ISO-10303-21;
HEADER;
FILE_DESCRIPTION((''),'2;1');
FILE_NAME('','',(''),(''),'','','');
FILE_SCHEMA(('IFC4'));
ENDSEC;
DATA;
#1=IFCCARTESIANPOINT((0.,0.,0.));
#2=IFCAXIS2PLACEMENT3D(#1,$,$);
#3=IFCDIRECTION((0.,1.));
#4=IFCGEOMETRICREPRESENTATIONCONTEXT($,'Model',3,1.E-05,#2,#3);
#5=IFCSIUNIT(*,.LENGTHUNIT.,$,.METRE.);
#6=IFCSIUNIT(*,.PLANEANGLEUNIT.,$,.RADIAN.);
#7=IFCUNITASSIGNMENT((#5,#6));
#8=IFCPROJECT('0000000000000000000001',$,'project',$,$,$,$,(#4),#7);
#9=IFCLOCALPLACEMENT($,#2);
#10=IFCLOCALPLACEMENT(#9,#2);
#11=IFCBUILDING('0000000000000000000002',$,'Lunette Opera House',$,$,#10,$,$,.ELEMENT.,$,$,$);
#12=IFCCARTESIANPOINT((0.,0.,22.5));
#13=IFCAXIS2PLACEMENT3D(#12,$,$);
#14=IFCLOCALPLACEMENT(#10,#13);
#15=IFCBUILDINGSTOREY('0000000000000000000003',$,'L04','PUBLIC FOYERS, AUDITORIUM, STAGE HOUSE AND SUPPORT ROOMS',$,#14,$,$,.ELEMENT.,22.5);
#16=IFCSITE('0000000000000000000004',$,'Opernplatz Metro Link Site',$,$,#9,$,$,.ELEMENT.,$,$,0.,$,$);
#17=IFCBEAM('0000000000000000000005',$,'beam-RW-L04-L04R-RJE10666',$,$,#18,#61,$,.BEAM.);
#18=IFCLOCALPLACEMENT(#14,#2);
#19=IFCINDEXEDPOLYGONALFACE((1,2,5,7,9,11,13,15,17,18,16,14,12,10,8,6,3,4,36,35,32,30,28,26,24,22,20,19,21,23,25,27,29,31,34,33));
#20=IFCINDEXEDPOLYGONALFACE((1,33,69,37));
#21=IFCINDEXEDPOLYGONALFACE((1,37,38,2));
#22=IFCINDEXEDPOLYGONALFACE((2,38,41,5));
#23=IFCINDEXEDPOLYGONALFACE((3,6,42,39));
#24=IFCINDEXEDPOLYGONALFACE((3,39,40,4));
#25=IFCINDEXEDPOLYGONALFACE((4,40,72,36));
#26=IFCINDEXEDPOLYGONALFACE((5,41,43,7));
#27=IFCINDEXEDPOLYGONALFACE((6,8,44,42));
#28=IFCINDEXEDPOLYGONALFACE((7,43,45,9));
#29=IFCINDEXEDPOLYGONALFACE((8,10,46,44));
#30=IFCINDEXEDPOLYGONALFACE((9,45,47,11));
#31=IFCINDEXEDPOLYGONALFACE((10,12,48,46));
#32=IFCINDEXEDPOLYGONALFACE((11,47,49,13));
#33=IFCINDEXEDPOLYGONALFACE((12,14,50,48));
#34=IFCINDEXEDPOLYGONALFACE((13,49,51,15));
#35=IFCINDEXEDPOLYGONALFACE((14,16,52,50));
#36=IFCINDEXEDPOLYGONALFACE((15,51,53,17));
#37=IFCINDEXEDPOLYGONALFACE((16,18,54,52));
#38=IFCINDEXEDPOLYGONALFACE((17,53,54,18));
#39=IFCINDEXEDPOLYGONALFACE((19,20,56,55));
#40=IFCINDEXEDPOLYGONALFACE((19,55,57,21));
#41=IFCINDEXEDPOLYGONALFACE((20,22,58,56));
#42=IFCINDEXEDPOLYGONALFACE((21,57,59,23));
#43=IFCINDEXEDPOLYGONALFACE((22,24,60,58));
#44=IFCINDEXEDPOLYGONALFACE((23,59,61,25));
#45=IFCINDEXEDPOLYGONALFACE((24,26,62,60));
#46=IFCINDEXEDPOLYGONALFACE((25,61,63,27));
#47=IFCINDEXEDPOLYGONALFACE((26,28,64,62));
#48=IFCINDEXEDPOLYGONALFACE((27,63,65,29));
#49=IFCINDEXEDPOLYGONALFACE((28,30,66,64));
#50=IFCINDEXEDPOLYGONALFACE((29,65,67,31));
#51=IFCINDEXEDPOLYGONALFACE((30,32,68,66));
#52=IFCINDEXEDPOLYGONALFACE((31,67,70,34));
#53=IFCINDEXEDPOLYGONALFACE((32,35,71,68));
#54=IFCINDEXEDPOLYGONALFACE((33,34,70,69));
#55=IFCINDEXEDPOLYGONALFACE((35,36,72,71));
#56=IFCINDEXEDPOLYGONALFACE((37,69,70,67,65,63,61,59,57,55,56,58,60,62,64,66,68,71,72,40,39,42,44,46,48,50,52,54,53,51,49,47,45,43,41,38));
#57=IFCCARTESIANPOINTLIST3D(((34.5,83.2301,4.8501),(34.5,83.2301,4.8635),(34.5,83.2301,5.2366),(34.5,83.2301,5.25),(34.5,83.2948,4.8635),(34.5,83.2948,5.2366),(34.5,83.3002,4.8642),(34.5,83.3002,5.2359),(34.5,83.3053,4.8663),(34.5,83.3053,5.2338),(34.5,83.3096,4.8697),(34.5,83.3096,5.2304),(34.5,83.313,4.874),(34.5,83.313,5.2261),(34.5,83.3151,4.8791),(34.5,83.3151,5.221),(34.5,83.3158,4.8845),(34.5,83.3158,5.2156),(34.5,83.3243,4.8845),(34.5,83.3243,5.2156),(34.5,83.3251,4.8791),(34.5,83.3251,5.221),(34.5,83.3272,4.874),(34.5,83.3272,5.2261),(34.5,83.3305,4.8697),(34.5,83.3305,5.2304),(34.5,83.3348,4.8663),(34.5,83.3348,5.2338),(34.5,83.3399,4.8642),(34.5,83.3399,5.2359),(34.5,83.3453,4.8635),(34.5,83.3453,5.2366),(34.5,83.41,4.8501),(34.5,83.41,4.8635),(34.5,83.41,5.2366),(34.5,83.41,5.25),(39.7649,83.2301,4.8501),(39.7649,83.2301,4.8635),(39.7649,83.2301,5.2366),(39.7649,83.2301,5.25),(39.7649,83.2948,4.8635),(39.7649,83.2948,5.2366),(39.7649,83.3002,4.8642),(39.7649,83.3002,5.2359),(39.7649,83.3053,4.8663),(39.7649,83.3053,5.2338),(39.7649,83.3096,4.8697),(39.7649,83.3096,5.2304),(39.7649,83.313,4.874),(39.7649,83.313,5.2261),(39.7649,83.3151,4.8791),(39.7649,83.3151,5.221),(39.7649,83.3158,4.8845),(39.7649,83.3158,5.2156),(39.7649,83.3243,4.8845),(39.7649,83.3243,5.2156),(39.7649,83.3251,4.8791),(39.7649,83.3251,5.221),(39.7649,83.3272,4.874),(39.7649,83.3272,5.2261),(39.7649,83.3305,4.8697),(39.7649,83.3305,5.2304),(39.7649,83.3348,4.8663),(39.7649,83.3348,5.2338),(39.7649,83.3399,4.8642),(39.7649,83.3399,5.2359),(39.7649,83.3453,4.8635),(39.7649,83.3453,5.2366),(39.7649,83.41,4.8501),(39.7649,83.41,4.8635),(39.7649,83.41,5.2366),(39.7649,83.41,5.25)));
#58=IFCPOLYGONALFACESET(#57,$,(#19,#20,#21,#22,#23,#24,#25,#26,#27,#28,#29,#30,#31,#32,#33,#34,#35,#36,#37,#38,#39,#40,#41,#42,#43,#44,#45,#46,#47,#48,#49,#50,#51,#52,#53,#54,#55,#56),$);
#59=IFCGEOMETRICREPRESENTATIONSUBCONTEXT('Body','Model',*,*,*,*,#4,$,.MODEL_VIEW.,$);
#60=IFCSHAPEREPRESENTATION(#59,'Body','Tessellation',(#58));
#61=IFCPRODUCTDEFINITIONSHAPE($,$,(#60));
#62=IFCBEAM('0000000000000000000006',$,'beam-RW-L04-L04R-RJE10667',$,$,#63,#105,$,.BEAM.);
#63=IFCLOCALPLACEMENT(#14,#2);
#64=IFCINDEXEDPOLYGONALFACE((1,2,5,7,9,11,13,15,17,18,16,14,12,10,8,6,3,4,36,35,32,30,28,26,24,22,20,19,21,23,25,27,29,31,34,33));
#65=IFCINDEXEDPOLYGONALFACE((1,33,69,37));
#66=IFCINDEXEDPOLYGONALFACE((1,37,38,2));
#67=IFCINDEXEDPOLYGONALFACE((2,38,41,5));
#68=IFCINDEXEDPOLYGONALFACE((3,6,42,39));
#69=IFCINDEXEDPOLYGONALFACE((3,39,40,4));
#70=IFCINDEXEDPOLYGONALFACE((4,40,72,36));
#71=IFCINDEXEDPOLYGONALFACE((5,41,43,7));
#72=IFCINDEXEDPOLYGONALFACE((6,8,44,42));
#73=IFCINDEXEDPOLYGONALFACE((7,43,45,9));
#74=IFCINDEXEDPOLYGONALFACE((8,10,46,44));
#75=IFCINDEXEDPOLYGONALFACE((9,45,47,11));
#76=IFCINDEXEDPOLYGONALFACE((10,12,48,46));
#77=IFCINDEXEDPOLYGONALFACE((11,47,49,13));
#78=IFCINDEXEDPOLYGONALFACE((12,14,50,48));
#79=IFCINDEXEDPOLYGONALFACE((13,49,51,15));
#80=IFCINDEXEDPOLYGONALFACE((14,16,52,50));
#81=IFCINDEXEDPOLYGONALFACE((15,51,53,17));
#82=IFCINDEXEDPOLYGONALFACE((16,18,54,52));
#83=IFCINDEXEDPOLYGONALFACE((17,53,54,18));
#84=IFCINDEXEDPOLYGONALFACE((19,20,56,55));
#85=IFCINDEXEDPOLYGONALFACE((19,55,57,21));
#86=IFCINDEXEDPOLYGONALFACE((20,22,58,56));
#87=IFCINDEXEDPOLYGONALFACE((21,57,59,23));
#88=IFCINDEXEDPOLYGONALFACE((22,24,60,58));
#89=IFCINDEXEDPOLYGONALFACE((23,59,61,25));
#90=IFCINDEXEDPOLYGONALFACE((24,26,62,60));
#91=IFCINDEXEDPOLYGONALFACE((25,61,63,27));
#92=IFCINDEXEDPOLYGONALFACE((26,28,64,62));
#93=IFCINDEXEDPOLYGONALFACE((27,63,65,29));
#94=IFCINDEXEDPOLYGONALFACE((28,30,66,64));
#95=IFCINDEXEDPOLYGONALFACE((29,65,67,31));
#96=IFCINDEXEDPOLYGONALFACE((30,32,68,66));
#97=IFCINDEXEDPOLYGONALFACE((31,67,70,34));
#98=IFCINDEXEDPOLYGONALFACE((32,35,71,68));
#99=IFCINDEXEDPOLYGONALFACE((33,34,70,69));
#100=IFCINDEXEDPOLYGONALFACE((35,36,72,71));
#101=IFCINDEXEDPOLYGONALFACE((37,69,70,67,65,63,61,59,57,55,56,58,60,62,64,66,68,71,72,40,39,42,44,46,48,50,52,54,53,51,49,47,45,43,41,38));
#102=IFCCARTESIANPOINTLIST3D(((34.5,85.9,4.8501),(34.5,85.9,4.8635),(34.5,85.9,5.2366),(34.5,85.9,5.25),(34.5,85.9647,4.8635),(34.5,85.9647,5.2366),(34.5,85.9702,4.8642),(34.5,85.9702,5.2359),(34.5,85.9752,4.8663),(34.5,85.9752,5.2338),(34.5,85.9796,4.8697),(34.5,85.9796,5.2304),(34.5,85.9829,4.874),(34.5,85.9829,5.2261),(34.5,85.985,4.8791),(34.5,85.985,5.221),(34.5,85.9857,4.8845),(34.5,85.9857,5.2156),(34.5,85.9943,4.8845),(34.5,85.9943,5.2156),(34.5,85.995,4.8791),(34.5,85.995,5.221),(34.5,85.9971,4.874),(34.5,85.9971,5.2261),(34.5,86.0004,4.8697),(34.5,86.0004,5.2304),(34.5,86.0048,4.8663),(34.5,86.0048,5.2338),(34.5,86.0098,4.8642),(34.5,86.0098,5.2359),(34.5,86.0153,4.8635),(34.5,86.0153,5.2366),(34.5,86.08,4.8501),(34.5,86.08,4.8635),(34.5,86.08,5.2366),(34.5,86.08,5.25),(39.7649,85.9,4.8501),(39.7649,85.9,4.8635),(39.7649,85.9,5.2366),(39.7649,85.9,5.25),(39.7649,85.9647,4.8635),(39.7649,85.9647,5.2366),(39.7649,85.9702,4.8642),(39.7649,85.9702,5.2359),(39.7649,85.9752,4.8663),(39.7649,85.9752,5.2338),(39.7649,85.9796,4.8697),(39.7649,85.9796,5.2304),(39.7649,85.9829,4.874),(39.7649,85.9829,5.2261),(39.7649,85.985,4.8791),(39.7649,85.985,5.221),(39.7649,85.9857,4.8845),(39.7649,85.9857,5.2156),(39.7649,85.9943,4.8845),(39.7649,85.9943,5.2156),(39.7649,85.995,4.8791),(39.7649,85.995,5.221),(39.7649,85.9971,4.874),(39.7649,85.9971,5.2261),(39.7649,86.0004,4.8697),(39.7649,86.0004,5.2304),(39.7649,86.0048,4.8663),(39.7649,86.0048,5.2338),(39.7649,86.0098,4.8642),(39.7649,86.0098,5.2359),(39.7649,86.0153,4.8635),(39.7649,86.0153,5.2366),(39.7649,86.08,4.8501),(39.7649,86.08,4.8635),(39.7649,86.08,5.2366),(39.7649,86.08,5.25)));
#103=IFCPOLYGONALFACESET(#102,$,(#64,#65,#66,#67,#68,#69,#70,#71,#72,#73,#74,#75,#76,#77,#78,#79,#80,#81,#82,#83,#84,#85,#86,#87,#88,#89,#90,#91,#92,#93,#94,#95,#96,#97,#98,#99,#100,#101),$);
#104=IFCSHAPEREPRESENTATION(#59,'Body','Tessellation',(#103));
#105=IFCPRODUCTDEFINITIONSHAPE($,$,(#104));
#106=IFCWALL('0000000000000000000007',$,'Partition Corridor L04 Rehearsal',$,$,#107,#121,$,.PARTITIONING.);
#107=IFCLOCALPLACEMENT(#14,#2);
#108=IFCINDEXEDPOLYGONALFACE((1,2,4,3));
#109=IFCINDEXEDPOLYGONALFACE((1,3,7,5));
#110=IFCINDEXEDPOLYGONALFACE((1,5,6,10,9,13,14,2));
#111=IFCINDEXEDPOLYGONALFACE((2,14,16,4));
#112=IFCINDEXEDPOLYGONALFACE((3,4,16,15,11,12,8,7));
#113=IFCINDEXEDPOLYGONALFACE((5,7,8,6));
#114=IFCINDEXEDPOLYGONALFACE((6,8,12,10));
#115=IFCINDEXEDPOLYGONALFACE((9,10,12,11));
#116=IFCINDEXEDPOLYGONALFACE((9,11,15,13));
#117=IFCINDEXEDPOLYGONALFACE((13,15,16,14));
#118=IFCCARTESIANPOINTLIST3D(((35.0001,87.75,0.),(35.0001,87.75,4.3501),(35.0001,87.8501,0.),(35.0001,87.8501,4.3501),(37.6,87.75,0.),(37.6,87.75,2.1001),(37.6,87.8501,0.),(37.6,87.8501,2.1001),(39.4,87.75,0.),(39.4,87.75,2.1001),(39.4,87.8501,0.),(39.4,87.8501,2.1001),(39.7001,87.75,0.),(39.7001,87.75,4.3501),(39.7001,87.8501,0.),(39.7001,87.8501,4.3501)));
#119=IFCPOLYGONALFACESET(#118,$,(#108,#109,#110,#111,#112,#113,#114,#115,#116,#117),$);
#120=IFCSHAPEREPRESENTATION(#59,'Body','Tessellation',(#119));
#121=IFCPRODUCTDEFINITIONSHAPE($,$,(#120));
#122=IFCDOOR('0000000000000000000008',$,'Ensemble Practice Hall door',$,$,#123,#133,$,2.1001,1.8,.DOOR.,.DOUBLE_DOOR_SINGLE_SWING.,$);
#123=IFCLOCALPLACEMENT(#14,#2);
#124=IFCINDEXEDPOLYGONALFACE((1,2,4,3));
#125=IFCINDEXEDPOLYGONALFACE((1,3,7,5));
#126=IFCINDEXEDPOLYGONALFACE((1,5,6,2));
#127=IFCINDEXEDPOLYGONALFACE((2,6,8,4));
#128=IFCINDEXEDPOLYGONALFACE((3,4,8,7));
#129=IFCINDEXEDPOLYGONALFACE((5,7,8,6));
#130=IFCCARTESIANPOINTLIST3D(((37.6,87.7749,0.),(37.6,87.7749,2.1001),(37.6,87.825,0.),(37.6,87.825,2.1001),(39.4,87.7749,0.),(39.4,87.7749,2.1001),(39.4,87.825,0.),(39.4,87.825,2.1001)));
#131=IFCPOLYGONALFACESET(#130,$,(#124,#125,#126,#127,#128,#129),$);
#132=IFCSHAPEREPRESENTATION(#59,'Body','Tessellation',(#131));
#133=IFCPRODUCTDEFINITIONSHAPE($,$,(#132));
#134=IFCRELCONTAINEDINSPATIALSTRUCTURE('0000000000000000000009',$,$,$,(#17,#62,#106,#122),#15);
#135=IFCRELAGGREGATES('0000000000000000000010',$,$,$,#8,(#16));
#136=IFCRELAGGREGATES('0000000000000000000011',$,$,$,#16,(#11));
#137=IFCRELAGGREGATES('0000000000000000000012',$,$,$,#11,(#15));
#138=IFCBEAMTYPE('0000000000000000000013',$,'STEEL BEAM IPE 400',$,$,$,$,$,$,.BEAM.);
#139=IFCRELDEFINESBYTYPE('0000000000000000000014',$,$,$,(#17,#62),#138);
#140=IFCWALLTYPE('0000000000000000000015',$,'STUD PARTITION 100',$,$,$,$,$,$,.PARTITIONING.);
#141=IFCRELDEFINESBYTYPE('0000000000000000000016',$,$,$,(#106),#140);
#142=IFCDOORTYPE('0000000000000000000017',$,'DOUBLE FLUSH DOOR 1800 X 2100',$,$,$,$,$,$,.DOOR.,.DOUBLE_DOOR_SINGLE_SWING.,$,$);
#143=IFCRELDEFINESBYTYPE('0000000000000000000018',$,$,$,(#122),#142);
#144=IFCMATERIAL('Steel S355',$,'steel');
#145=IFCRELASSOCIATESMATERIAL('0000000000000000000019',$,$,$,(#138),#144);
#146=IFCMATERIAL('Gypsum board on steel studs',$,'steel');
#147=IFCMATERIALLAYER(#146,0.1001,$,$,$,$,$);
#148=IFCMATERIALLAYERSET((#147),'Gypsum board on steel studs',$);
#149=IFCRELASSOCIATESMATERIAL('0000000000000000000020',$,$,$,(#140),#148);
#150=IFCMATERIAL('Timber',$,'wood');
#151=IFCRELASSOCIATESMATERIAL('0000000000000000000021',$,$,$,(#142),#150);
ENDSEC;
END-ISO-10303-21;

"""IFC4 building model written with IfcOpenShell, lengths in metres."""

from ifc_helpers import new_model, si_unit, direction, frame, frame_2d, origin, origin_2d, place, context, subcontext, project, spatial, rectangle, i_section, extrude, material, layer, layer_set, material_profile, profile_set, type_object, element, fill, save


model = new_model("IFC4")

# Units and contexts
model_context = context("Model", 3, precision=1e-05, world=origin(), true_north=direction((0.0, 1.0)))
body_context = subcontext(model_context, "Body", "Model", "MODEL_VIEW")
ifc_project = project(units=[si_unit("LENGTHUNIT", "METRE"), si_unit("PLANEANGLEUNIT", "RADIAN")], contexts=[model_context])

# Site, building, storey
site_placement = place(None, origin())
site = spatial("IfcSite", under=ifc_project, at=site_placement, Name="Opernplatz Metro Link Site", CompositionType="ELEMENT", RefElevation=0.0)
building_placement = place(site_placement, origin())
building = spatial("IfcBuilding", under=site, at=building_placement, Name="Lunette Opera House", CompositionType="ELEMENT")
storey_placement = place(building_placement, frame((0.0, 0.0, 22.5)))
storey = spatial("IfcBuildingStorey", under=building, at=storey_placement, Name="L04", Description="PUBLIC FOYERS, AUDITORIUM, STAGE HOUSE AND SUPPORT ROOMS", CompositionType="ELEMENT", Elevation=22.5)

# Beams
ifc_material_1 = material(Name="Steel S355", Category="steel")
ifc_material_profile_1 = material_profile(ifc_material_1, i_section(OverallWidth=0.1799, OverallDepth=0.3999, WebThickness=0.0085, FlangeThickness=0.0134, FilletRadius=0.021, at=origin_2d()), Name="IPE 400")
ifc_profile_set_1 = profile_set([ifc_material_profile_1], Name="Steel S355")
beam_type_1 = type_object("IfcBeamType", Name="STEEL BEAM IPE 400", PredefinedType="BEAM", material=ifc_profile_set_1)
for number, where, z_axis, x_axis, name in (
    (1, (34.5, 83.3201, 5.05), (1.0, 0.0, 0.0), (0.0, 1.0, 0.0), "beam-RW-L04-L04R-RJE10666"),
    (2, (34.5, 85.99, 5.05), (1.0, 0.0, 0.0), (0.0, 1.0, 0.0), "beam-RW-L04-L04R-RJE10667"),
):
    element("IfcBeam", number, at=place(storey_placement, frame(where, z_axis=z_axis, x_axis=x_axis)), inside=storey, type_object=beam_type_1, Name=name, PredefinedType="BEAM", context=body_context, shape_type="SweptSolid", body=[
        extrude(i_section(OverallWidth=0.1799, OverallDepth=0.3999, WebThickness=0.0085, FlangeThickness=0.0134, FilletRadius=0.021, at=origin_2d()), origin(), (0.0, 0.0, 1.0), 5.2649),
    ])

# Wall, opening, door
ifc_material_2 = material(Name="Gypsum board on steel studs", Category="steel")
ifc_layer = layer(ifc_material_2, 0.1001)
ifc_layer_set = layer_set([ifc_layer], Name="Gypsum board on steel studs")
wall_type = type_object("IfcWallType", Name="STUD PARTITION 100", PredefinedType="PARTITIONING", material=ifc_layer_set)
wall_placement = place(storey_placement, frame((35.0, 87.8, 0.0), z_axis=(0.0, 0.0, 1.0), x_axis=(1.0, 0.0, 0.0)))
wall = element("IfcWall", 3, at=wall_placement, inside=storey, type_object=wall_type, Name="Partition Corridor L04 Rehearsal", PredefinedType="PARTITIONING", context=body_context, shape_type="SweptSolid", body=[
    extrude(rectangle(XDim=4.7, YDim=0.1001, at=frame_2d((2.3501, 0.0))), origin(), (0.0, 0.0, 1.0), 4.3501),
])
opening_placement = place(wall_placement, frame((2.6001, 0.0, 0.0)))
opening = element("IfcOpeningElement", 4, at=opening_placement, cuts=wall, PredefinedType="OPENING", context=body_context, shape_type="SweptSolid", body=[
    extrude(rectangle(XDim=1.8, YDim=2.1001, at=frame_2d((0.8999, 1.05))), frame((0.0, 0.062, 0.0), z_axis=(0.0, -1.0, 0.0), x_axis=(1.0, 0.0, 0.0)), (0.0, 0.0, 1.0), 0.124),
])
ifc_material_3 = material(Name="Timber", Category="wood")
door_type = type_object("IfcDoorType", Name="DOUBLE FLUSH DOOR 1800 X 2100", OperationType="DOUBLE_DOOR_SINGLE_SWING", PredefinedType="DOOR", material=ifc_material_3)
door_placement = place(opening_placement, origin())
door = element("IfcDoor", 5, at=door_placement, inside=storey, type_object=door_type, Name="Ensemble Practice Hall door", OperationType="DOUBLE_DOOR_SINGLE_SWING", OverallHeight=2.1001, OverallWidth=1.8, PredefinedType="DOOR", context=body_context, shape_type="SweptSolid", body=[
    extrude(rectangle(XDim=1.8, YDim=2.1001, at=frame_2d((0.8999, 1.05))), frame((0.0, 0.0249, 0.0), z_axis=(0.0, -1.0, 0.0), x_axis=(1.0, 0.0, 0.0)), (0.0, 0.0, 1.0), 0.05),
])
fill(opening, door)

save(model, "model.ifc")
